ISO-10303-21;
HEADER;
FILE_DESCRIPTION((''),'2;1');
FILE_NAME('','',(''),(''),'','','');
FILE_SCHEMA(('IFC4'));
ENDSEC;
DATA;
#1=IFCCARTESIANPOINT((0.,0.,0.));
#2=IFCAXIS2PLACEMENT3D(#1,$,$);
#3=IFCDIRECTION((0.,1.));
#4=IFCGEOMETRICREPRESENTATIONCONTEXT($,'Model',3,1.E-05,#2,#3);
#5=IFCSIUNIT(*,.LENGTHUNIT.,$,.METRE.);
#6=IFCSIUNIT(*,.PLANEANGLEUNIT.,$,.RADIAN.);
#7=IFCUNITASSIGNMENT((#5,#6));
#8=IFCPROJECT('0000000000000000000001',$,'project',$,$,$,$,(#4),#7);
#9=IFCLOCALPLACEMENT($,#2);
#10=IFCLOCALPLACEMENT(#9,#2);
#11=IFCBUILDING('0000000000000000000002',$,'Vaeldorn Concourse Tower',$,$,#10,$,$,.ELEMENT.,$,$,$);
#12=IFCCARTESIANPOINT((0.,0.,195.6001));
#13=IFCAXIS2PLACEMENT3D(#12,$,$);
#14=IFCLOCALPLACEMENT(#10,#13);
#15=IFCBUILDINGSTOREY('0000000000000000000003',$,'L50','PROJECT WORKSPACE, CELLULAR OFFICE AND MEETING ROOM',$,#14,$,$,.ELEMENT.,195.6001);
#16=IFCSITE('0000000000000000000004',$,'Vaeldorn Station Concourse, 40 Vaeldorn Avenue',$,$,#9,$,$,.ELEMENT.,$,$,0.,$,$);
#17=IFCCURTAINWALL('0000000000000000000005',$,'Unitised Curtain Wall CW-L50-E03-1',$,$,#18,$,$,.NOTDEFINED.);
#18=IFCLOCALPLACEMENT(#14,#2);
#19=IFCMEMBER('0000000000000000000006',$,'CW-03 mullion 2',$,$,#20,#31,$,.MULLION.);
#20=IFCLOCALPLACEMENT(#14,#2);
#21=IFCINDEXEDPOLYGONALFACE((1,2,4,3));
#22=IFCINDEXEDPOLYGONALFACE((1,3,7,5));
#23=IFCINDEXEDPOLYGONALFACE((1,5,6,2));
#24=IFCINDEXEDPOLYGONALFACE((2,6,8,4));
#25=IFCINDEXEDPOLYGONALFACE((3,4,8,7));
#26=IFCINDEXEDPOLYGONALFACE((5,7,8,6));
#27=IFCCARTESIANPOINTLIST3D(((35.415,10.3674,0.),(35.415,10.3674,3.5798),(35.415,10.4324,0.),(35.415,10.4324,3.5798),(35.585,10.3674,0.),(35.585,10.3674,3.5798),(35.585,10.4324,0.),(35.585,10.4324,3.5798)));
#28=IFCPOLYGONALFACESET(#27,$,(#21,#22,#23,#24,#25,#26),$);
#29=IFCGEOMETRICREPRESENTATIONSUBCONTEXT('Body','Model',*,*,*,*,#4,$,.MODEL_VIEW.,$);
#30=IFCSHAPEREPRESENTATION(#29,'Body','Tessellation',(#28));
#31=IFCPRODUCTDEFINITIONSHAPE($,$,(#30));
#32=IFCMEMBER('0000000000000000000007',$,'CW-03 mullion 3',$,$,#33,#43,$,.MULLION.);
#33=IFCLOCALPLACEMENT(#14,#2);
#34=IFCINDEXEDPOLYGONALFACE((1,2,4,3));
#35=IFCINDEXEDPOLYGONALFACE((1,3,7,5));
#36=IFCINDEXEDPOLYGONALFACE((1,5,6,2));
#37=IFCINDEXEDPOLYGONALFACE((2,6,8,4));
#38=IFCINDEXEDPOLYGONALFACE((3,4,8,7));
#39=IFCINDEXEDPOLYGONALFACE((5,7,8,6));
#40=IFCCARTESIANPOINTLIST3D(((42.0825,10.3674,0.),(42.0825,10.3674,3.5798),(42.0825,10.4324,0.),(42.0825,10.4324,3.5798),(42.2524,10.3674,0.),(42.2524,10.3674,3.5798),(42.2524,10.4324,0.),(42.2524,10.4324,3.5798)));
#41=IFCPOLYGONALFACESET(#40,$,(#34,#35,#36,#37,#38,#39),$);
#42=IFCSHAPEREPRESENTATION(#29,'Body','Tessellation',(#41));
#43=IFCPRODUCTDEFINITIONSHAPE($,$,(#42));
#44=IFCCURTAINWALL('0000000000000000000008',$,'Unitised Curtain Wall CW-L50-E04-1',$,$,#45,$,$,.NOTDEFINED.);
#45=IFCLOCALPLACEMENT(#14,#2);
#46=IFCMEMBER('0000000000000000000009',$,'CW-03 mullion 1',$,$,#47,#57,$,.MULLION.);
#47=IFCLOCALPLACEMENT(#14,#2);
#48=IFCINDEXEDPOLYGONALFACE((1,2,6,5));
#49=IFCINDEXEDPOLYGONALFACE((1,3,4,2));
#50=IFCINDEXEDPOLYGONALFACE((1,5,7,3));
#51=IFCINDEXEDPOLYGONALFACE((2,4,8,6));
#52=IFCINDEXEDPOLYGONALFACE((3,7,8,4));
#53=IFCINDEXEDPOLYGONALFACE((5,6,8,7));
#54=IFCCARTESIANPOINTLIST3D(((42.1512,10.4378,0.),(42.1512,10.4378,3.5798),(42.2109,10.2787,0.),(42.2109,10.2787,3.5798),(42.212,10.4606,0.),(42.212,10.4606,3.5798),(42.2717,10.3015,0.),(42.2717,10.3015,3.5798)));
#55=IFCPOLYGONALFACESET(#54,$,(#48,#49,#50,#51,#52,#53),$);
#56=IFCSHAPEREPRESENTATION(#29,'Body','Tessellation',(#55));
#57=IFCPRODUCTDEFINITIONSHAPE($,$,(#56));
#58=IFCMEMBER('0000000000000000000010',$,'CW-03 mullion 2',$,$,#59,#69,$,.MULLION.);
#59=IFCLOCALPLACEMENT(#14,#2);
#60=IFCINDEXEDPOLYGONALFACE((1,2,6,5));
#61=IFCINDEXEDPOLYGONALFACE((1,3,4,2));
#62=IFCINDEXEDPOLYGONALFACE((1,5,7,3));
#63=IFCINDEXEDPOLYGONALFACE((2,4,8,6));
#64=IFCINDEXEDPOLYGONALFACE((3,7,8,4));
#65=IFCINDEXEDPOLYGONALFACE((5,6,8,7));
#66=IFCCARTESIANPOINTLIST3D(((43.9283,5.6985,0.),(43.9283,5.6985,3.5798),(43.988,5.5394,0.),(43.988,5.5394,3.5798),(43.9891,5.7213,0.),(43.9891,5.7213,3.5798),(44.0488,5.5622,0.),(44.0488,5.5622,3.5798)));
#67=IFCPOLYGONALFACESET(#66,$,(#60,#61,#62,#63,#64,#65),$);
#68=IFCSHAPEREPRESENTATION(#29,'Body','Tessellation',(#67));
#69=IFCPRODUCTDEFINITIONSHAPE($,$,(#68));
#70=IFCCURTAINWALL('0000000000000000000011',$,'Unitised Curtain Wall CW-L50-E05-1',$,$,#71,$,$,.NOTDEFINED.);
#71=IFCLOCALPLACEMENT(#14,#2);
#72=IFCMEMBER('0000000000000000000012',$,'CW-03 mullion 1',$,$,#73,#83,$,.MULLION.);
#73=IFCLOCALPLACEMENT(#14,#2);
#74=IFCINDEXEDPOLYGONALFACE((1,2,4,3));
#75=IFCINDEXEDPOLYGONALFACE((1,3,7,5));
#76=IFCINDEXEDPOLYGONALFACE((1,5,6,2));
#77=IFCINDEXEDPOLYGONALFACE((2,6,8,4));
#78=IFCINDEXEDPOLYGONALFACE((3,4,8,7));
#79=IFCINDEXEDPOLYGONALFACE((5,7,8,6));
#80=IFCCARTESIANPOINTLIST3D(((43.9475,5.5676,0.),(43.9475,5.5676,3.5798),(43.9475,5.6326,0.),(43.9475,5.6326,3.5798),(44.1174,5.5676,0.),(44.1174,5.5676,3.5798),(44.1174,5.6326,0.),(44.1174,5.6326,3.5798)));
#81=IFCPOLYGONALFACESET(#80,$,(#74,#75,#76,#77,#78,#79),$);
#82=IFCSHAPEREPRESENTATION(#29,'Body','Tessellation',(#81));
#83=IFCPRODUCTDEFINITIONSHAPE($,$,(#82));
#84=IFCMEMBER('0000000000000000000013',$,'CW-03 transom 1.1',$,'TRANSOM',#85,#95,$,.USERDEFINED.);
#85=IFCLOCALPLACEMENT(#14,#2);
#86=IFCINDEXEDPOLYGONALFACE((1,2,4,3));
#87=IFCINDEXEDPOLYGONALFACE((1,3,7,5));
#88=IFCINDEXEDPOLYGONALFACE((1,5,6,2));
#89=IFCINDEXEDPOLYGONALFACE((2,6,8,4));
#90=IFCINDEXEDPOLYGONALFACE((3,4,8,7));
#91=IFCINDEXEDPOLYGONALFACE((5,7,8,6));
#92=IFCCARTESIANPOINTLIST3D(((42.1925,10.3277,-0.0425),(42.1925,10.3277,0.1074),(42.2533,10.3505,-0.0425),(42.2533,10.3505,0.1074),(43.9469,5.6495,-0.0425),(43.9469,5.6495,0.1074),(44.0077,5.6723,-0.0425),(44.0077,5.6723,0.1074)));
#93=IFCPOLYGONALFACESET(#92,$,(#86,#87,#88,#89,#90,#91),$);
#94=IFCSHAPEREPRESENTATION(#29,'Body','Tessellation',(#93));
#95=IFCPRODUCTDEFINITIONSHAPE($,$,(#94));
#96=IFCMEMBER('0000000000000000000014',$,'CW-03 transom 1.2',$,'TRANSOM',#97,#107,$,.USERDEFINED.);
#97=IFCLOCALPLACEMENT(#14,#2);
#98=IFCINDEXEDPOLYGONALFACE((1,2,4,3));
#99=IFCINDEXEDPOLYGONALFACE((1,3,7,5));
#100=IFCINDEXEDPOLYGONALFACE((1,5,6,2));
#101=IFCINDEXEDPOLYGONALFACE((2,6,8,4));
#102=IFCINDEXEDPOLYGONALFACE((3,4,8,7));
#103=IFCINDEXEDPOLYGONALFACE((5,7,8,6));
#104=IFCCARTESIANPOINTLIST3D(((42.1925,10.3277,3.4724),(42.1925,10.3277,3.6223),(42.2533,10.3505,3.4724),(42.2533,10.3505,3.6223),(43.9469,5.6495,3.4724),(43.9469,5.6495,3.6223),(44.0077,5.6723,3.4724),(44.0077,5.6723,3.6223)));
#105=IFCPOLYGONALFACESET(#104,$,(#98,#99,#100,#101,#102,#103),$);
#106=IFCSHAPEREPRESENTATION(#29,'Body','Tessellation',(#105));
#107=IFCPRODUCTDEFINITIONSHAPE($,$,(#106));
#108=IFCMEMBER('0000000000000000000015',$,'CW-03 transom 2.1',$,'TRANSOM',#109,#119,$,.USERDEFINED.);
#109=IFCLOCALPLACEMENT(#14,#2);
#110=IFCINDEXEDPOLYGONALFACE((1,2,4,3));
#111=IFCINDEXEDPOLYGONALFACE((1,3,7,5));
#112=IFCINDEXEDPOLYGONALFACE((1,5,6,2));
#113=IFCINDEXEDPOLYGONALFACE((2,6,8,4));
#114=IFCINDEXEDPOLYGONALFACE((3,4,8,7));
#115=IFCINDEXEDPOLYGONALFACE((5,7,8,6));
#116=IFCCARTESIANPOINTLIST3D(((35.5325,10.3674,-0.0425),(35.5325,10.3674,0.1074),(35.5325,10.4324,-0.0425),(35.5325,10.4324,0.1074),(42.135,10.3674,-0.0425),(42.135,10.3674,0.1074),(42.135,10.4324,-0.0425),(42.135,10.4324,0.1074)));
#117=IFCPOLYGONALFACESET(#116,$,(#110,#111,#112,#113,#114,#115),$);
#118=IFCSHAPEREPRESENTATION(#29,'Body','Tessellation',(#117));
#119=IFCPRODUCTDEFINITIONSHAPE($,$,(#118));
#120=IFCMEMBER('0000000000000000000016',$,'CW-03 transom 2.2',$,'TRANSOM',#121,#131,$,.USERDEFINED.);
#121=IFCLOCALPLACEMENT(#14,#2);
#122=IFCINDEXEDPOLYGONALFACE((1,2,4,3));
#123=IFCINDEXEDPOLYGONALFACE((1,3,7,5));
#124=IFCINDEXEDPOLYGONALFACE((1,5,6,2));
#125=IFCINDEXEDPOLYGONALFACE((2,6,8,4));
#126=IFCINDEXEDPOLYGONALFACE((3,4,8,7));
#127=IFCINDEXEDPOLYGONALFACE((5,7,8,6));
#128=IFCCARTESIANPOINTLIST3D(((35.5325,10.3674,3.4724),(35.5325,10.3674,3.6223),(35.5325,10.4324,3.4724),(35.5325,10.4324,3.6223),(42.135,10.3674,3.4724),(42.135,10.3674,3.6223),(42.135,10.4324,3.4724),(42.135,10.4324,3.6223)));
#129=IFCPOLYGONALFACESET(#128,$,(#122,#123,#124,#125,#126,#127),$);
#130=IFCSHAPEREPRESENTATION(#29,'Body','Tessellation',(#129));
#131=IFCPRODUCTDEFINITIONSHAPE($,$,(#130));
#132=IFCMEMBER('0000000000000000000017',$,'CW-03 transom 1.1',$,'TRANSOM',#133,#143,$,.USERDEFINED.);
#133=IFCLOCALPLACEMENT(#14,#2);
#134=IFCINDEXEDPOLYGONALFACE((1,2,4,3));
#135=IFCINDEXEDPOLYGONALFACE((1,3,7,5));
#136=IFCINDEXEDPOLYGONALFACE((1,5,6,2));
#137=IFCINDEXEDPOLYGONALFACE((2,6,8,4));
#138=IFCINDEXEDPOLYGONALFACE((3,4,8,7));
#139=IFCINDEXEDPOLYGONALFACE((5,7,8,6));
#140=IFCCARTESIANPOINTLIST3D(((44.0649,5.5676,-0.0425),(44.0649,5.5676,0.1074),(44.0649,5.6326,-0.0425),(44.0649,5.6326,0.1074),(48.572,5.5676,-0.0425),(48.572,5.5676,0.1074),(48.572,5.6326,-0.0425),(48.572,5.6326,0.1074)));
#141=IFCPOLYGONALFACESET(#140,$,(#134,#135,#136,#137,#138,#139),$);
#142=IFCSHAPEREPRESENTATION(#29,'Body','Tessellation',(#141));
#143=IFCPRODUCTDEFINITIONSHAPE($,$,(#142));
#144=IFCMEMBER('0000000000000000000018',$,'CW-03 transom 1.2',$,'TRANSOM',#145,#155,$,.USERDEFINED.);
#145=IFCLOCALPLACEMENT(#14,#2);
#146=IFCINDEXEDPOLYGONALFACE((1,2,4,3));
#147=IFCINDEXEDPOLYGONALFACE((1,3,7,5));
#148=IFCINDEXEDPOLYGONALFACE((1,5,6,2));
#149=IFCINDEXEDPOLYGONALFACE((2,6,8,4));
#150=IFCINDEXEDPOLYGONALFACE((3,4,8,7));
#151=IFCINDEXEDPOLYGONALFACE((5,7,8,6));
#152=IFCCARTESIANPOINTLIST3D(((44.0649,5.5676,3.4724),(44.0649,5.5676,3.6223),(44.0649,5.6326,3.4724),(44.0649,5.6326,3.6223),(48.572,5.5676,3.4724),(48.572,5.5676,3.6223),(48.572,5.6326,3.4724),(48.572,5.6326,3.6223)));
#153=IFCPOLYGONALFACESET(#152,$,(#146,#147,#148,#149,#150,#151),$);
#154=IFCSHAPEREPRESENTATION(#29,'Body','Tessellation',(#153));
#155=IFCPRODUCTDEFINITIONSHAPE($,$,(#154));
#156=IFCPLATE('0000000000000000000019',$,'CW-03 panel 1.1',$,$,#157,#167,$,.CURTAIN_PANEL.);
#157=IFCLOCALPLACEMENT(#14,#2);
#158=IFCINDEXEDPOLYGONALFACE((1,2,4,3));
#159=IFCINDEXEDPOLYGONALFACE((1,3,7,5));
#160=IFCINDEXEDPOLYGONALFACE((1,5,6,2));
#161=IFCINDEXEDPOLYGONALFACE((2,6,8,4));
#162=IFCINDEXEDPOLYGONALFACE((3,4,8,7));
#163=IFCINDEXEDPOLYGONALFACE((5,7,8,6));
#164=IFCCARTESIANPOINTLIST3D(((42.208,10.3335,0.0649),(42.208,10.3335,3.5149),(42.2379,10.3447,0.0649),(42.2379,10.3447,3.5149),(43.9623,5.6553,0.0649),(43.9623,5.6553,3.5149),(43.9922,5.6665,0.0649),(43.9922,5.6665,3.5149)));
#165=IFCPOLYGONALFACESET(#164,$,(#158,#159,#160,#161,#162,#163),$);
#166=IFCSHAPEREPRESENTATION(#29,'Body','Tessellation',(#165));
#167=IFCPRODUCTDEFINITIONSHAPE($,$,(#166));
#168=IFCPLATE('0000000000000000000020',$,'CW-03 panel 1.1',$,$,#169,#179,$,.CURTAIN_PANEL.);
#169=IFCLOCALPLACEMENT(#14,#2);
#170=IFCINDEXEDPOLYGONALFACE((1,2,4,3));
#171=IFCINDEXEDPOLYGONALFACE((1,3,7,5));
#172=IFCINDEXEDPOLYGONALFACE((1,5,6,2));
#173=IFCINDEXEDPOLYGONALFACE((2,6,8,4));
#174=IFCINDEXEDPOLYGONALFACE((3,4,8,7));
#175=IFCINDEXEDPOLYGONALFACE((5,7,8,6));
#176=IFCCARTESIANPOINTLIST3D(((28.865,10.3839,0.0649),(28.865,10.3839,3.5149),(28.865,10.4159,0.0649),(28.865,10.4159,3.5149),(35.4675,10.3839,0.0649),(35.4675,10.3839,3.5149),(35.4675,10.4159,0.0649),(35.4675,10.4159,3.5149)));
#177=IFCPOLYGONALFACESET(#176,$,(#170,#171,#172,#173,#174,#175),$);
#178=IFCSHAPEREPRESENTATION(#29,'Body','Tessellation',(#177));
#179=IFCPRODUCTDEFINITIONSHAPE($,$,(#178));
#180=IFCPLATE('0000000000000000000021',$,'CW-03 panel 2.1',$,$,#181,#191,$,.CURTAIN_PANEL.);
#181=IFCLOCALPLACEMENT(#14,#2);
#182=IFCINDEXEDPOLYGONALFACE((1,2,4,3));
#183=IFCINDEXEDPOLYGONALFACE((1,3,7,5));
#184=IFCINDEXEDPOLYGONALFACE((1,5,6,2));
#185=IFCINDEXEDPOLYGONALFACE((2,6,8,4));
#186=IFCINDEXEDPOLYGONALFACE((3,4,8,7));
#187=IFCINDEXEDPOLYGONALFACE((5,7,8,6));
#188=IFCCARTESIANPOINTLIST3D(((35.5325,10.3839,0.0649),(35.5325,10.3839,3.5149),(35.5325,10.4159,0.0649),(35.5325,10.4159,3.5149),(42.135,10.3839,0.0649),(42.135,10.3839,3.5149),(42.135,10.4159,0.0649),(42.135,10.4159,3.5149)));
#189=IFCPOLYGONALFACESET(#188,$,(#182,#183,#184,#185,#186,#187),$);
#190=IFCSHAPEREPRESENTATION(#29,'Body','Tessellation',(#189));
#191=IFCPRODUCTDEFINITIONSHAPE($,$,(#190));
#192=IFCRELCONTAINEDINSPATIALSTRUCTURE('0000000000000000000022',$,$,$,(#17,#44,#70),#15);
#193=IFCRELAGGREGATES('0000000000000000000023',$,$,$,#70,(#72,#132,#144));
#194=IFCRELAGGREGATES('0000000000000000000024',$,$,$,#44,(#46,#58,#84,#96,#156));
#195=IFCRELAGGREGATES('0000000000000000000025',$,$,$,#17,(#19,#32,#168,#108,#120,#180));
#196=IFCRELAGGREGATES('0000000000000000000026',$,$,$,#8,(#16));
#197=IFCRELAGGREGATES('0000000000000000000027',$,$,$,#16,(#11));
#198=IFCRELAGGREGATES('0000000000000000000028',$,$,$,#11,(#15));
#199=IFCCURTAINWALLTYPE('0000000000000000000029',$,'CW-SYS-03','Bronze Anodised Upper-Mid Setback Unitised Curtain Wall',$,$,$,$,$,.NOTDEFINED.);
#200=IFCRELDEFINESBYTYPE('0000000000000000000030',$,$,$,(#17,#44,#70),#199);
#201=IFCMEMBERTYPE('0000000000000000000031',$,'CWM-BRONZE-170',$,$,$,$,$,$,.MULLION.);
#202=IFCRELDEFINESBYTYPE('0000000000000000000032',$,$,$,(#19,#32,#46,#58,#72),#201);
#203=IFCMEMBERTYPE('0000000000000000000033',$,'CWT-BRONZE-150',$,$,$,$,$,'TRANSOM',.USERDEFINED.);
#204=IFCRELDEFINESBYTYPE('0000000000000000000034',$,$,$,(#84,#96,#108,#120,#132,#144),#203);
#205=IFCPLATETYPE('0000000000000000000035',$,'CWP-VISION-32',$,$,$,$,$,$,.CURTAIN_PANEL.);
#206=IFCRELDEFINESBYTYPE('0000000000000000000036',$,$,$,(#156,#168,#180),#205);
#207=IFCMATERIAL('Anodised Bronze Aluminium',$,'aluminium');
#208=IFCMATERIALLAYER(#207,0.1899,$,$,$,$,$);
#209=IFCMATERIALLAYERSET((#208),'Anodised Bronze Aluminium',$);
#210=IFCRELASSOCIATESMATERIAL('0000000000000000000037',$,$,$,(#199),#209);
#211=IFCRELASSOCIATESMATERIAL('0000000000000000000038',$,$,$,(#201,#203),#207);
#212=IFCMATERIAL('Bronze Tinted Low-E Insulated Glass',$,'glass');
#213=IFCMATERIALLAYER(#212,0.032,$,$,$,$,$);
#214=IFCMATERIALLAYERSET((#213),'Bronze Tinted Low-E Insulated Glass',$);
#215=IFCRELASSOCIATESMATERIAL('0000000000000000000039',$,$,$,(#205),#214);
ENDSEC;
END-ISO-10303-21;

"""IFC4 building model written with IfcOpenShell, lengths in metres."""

from ifc_helpers import new_model, si_unit, direction, frame, origin, origin_2d, place, context, subcontext, project, spatial, rectangle, extrude, source, transform, mapped, material, layer, layer_set, material_profile, profile_set, type_object, element, aggregate, save


model = new_model("IFC4")

# Units and contexts
model_context = context("Model", 3, precision=1e-05, world=origin(), true_north=direction((0.0, 1.0)))
body_context = subcontext(model_context, "Body", "Model", "MODEL_VIEW")
ifc_project = project(units=[si_unit("LENGTHUNIT", "METRE"), si_unit("PLANEANGLEUNIT", "RADIAN")], contexts=[model_context])

# Site, building, storey
site_placement = place(None, origin())
site = spatial("IfcSite", under=ifc_project, at=site_placement, Name="Vaeldorn Station Concourse, 40 Vaeldorn Avenue", CompositionType="ELEMENT", RefElevation=0.0)
building_placement = place(site_placement, origin())
building = spatial("IfcBuilding", under=site, at=building_placement, Name="Vaeldorn Concourse Tower", CompositionType="ELEMENT")
storey_placement = place(building_placement, frame((0.0, 0.0, 195.6001)))
storey = spatial("IfcBuildingStorey", under=building, at=storey_placement, Name="L50", Description="PROJECT WORKSPACE, CELLULAR OFFICE AND MEETING ROOM", CompositionType="ELEMENT", Elevation=195.6001)

# Curtain walls, members
ifc_material_1 = material(Name="Anodised Bronze Aluminium", Category="aluminium")
ifc_layer_1 = layer(ifc_material_1, 0.1899)
ifc_layer_set_1 = layer_set([ifc_layer_1], Name="Anodised Bronze Aluminium")
curtain_wall_type = type_object("IfcCurtainWallType", Name="CW-SYS-03", Description="Bronze Anodised Upper-Mid Setback Unitised Curtain Wall", PredefinedType="NOTDEFINED", material=ifc_layer_set_1)
curtain_wall_1_placement = place(storey_placement, origin())
curtain_wall_1 = element("IfcCurtainWall", 1, at=curtain_wall_1_placement, inside=storey, type_object=curtain_wall_type, Name="Unitised Curtain Wall CW-L50-E03-1", PredefinedType="NOTDEFINED")
ifc_material_profile_1 = material_profile(ifc_material_1, rectangle(XDim=0.0649, YDim=0.1699, at=origin_2d()), Name="CWM 65x170")
ifc_profile_set_1 = profile_set([ifc_material_profile_1], Name="Anodised Bronze Aluminium")
member_type_1 = type_object("IfcMemberType", Name="CWM-BRONZE-170", PredefinedType="MULLION", material=ifc_profile_set_1)
shared_shape_1 = source(origin(), body_context, "Body", "SweptSolid", [
    extrude(rectangle(XDim=0.0649, YDim=0.1699, at=origin_2d()), origin(), (0.0, 0.0, 1.0), 3.5798),
])
member_1_placement = place(storey_placement, frame((35.5, 10.3999, 0.0), z_axis=(0.0, 0.0, 1.0), x_axis=(0.0, 1.0, 0.0)))
member_1 = element("IfcMember", 2, at=member_1_placement, type_object=member_type_1, Name="CW-03 mullion 2", PredefinedType="MULLION", context=body_context, shape_type="MappedRepresentation", body=[
    mapped(shared_shape_1, transform((0.0, 0.0, 0.0), scale=1.0)),
])
member_2_placement = place(storey_placement, frame((42.1675, 10.3999, 0.0), z_axis=(0.0, 0.0, 1.0), x_axis=(0.0, 1.0, 0.0)))
member_2 = element("IfcMember", 3, at=member_2_placement, type_object=member_type_1, Name="CW-03 mullion 3", PredefinedType="MULLION", context=body_context, shape_type="MappedRepresentation", body=[
    mapped(shared_shape_1, transform((0.0, 0.0, 0.0), scale=1.0)),
])
curtain_wall_2_placement = place(storey_placement, origin())
curtain_wall_2 = element("IfcCurtainWall", 4, at=curtain_wall_2_placement, inside=storey, type_object=curtain_wall_type, Name="Unitised Curtain Wall CW-L50-E04-1", PredefinedType="NOTDEFINED")
member_3_placement = place(storey_placement, frame((42.2114, 10.3696, 0.0), z_axis=(0.0, 0.0, 1.0), x_axis=(0.936329, 0.351123, 0.0)))
member_3 = element("IfcMember", 5, at=member_3_placement, type_object=member_type_1, Name="CW-03 mullion 1", PredefinedType="MULLION", context=body_context, shape_type="MappedRepresentation", body=[
    mapped(shared_shape_1, transform((0.0, 0.0, 0.0), scale=1.0)),
])
member_4_placement = place(storey_placement, frame((43.9885, 5.6304, 0.0), z_axis=(0.0, 0.0, 1.0), x_axis=(0.936329, 0.351123, 0.0)))
member_4 = element("IfcMember", 6, at=member_4_placement, type_object=member_type_1, Name="CW-03 mullion 2", PredefinedType="MULLION", context=body_context, shape_type="MappedRepresentation", body=[
    mapped(shared_shape_1, transform((0.0, 0.0, 0.0), scale=1.0)),
])

# Curtain wall, member
curtain_wall_3_placement = place(storey_placement, origin())
curtain_wall_3 = element("IfcCurtainWall", 7, at=curtain_wall_3_placement, inside=storey, type_object=curtain_wall_type, Name="Unitised Curtain Wall CW-L50-E05-1", PredefinedType="NOTDEFINED")
member_5_placement = place(storey_placement, frame((44.0325, 5.6001, 0.0), z_axis=(0.0, 0.0, 1.0), x_axis=(0.0, 1.0, 0.0)))
member_5 = element("IfcMember", 8, at=member_5_placement, type_object=member_type_1, Name="CW-03 mullion 1", PredefinedType="MULLION", context=body_context, shape_type="MappedRepresentation", body=[
    mapped(shared_shape_1, transform((0.0, 0.0, 0.0), scale=1.0)),
])

# Members
ifc_material_profile_2 = material_profile(ifc_material_1, rectangle(XDim=0.0649, YDim=0.1499, at=origin_2d()), Name="CWT 65x150")
ifc_profile_set_2 = profile_set([ifc_material_profile_2], Name="Anodised Bronze Aluminium")
member_type_2 = type_object("IfcMemberType", Name="CWT-BRONZE-150", ElementType="TRANSOM", PredefinedType="USERDEFINED", material=ifc_profile_set_2)
shared_shape_2 = source(origin(), body_context, "Body", "SweptSolid", [
    extrude(rectangle(XDim=0.0649, YDim=0.1499, at=origin_2d()), origin(), (0.0, 0.0, 1.0), 4.9963),
])
member_6_placement = place(storey_placement, frame((42.2229, 10.3391, 0.0325), z_axis=(0.351134, -0.936325, 0.0), x_axis=(0.936325, 0.351134, 0.0)))
member_6 = element("IfcMember", 9, at=member_6_placement, type_object=member_type_2, Name="CW-03 transom 1.1", ObjectType="TRANSOM", PredefinedType="USERDEFINED", context=body_context, shape_type="MappedRepresentation", body=[
    mapped(shared_shape_2, transform((0.0, 0.0, 0.0), scale=1.0)),
])
member_7_placement = place(storey_placement, frame((42.2229, 10.3391, 3.5474), z_axis=(0.351134, -0.936325, 0.0), x_axis=(0.936325, 0.351134, 0.0)))
member_7 = element("IfcMember", 10, at=member_7_placement, type_object=member_type_2, Name="CW-03 transom 1.2", ObjectType="TRANSOM", PredefinedType="USERDEFINED", context=body_context, shape_type="MappedRepresentation", body=[
    mapped(shared_shape_2, transform((0.0, 0.0, 0.0), scale=1.0)),
])
shared_shape_3 = source(origin(), body_context, "Body", "SweptSolid", [
    extrude(rectangle(XDim=0.0649, YDim=0.1499, at=origin_2d()), origin(), (0.0, 0.0, 1.0), 6.6025),
])
member_8_placement = place(storey_placement, frame((35.5325, 10.3999, 0.0325), z_axis=(1.0, 0.0, 0.0), x_axis=(0.0, 1.0, 0.0)))
member_8 = element("IfcMember", 11, at=member_8_placement, type_object=member_type_2, Name="CW-03 transom 2.1", ObjectType="TRANSOM", PredefinedType="USERDEFINED", context=body_context, shape_type="MappedRepresentation", body=[
    mapped(shared_shape_3, transform((0.0, 0.0, 0.0), scale=1.0)),
])
member_9_placement = place(storey_placement, frame((35.5325, 10.3999, 3.5474), z_axis=(1.0, 0.0, 0.0), x_axis=(0.0, 1.0, 0.0)))
member_9 = element("IfcMember", 12, at=member_9_placement, type_object=member_type_2, Name="CW-03 transom 2.2", ObjectType="TRANSOM", PredefinedType="USERDEFINED", context=body_context, shape_type="MappedRepresentation", body=[
    mapped(shared_shape_3, transform((0.0, 0.0, 0.0), scale=1.0)),
])
shared_shape_4 = source(origin(), body_context, "Body", "SweptSolid", [
    extrude(rectangle(XDim=0.0649, YDim=0.1499, at=origin_2d()), origin(), (0.0, 0.0, 1.0), 4.5071),
])
member_10_placement = place(storey_placement, frame((44.0649, 5.6001, 0.0325), z_axis=(1.0, 0.0, 0.0), x_axis=(0.0, 1.0, 0.0)))
member_10 = element("IfcMember", 13, at=member_10_placement, type_object=member_type_2, Name="CW-03 transom 1.1", ObjectType="TRANSOM", PredefinedType="USERDEFINED", context=body_context, shape_type="MappedRepresentation", body=[
    mapped(shared_shape_4, transform((0.0, 0.0, 0.0), scale=1.0)),
])
member_11_placement = place(storey_placement, frame((44.0649, 5.6001, 3.5474), z_axis=(1.0, 0.0, 0.0), x_axis=(0.0, 1.0, 0.0)))
member_11 = element("IfcMember", 14, at=member_11_placement, type_object=member_type_2, Name="CW-03 transom 1.2", ObjectType="TRANSOM", PredefinedType="USERDEFINED", context=body_context, shape_type="MappedRepresentation", body=[
    mapped(shared_shape_4, transform((0.0, 0.0, 0.0), scale=1.0)),
])
aggregate(curtain_wall_3, [member_5, member_10, member_11])

# Plates
ifc_material_2 = material(Name="Bronze Tinted Low-E Insulated Glass", Category="glass")
ifc_layer_2 = layer(ifc_material_2, 0.032)
ifc_layer_set_2 = layer_set([ifc_layer_2], Name="Bronze Tinted Low-E Insulated Glass")
plate_type = type_object("IfcPlateType", Name="CWP-VISION-32", PredefinedType="CURTAIN_PANEL", material=ifc_layer_set_2)
shared_shape_5 = source(origin(), body_context, "Body", "SweptSolid", [
    extrude(rectangle(XDim=4.9963, YDim=0.032, at=origin_2d()), origin(), (0.0, 0.0, 1.0), 3.45),
])
plate_1_placement = place(storey_placement, frame((43.1001, 8.0, 0.0649), z_axis=(0.0, 0.0, 1.0), x_axis=(0.351123, -0.936329, 0.0)))
plate_1 = element("IfcPlate", 15, at=plate_1_placement, type_object=plate_type, Name="CW-03 panel 1.1", PredefinedType="CURTAIN_PANEL", context=body_context, shape_type="MappedRepresentation", body=[
    mapped(shared_shape_5, transform((0.0, 0.0, 0.0), scale=1.0)),
])
aggregate(curtain_wall_2, [member_3, member_4, member_6, member_7, plate_1])
shared_shape_6 = source(origin(), body_context, "Body", "SweptSolid", [
    extrude(rectangle(XDim=6.6025, YDim=0.032, at=origin_2d()), origin(), (0.0, 0.0, 1.0), 3.45),
])
plate_2_placement = place(storey_placement, frame((32.1663, 10.3999, 0.0649), z_axis=(0.0, 0.0, 1.0), x_axis=(1.0, 0.0, 0.0)))
plate_2 = element("IfcPlate", 16, at=plate_2_placement, type_object=plate_type, Name="CW-03 panel 1.1", PredefinedType="CURTAIN_PANEL", context=body_context, shape_type="MappedRepresentation", body=[
    mapped(shared_shape_6, transform((0.0, 0.0, 0.0), scale=1.0)),
])
plate_3_placement = place(storey_placement, frame((38.8337, 10.3999, 0.0649), z_axis=(0.0, 0.0, 1.0), x_axis=(1.0, 0.0, 0.0)))
plate_3 = element("IfcPlate", 17, at=plate_3_placement, type_object=plate_type, Name="CW-03 panel 2.1", PredefinedType="CURTAIN_PANEL", context=body_context, shape_type="MappedRepresentation", body=[
    mapped(shared_shape_6, transform((0.0, 0.0, 0.0), scale=1.0)),
])
aggregate(curtain_wall_1, [member_1, member_2, plate_2, member_8, member_9, plate_3])

save(model, "model.ifc")
